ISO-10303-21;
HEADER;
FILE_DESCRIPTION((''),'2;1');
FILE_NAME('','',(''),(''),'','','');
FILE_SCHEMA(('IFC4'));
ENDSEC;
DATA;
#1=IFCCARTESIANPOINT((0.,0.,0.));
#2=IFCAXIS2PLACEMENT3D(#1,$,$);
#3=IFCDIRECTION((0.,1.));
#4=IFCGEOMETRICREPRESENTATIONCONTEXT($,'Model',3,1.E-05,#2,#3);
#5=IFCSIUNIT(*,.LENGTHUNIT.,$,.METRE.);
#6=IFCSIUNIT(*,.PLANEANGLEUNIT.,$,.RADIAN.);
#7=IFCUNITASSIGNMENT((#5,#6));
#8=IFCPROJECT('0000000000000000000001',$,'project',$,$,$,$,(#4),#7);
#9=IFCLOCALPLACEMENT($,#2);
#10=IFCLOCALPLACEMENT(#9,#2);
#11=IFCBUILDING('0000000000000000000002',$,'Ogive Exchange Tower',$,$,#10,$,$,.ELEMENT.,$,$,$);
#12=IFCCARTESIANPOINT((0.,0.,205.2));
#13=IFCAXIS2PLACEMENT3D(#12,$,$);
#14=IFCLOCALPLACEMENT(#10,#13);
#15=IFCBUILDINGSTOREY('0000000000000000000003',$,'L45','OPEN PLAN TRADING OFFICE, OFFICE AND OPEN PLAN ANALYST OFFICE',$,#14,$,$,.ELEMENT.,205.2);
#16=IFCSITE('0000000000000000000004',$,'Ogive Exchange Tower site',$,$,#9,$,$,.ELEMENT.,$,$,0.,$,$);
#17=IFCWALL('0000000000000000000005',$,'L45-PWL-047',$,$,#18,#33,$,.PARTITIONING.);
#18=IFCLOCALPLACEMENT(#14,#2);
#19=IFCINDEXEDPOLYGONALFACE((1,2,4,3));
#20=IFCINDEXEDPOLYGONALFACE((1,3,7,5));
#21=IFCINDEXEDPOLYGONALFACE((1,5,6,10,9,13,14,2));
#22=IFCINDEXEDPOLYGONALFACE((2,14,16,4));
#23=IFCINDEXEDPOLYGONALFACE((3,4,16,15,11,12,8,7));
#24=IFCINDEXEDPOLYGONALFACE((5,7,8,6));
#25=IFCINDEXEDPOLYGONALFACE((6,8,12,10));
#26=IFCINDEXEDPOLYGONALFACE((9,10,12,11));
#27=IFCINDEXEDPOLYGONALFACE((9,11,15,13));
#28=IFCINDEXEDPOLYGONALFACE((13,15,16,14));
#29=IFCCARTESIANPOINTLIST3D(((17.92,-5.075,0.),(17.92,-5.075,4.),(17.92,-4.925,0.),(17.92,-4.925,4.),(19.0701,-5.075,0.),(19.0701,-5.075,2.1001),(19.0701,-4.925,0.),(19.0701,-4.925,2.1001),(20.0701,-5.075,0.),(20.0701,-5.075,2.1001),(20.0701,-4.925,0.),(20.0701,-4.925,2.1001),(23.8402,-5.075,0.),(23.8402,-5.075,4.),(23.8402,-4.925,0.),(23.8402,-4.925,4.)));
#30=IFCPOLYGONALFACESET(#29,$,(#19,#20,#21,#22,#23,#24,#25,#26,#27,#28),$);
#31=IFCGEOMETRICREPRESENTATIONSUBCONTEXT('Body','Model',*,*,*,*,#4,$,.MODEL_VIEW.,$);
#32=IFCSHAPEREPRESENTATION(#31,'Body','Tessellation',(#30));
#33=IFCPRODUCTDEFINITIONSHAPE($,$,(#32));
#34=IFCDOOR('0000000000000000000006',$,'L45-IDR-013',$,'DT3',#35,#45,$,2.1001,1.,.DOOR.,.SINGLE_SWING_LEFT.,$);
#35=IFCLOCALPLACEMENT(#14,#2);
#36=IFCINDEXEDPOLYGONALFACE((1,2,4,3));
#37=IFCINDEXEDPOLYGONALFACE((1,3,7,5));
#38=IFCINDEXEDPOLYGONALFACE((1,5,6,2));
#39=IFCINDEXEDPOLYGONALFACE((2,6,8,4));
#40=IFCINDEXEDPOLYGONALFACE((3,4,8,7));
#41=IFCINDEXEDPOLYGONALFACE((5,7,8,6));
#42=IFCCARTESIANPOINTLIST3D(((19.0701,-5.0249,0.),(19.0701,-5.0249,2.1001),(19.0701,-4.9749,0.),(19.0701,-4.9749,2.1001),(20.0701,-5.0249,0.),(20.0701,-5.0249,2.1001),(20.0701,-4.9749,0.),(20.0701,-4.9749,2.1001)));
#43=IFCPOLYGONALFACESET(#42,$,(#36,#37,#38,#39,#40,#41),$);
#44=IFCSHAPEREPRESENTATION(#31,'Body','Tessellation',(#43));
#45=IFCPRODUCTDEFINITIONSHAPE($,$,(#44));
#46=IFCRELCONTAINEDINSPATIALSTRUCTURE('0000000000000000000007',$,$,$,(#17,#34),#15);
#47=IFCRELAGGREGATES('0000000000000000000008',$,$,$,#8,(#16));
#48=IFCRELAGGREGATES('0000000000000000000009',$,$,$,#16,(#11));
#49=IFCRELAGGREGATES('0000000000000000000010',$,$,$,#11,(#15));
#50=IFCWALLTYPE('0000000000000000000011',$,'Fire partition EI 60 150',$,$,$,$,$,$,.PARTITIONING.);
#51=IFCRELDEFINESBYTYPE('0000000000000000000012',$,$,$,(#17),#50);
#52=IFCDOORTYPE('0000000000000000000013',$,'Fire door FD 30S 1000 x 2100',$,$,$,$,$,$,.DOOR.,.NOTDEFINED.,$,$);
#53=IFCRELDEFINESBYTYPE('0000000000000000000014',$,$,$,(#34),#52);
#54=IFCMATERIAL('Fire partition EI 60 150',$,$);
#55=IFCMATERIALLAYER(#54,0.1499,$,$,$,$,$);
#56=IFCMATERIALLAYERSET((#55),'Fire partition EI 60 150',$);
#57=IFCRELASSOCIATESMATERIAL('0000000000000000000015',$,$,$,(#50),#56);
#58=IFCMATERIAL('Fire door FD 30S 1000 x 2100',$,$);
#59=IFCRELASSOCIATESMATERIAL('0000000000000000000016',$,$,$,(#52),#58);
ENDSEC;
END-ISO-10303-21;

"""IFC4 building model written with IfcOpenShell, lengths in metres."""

from ifc_helpers import new_model, si_unit, direction, frame, frame_2d, origin, place, context, subcontext, project, spatial, rectangle, extrude, material, layer, layer_set, type_object, element, fill, save


model = new_model("IFC4")

# Units and contexts
model_context = context("Model", 3, precision=1e-05, world=origin(), true_north=direction((0.0, 1.0)))
body_context = subcontext(model_context, "Body", "Model", "MODEL_VIEW")
ifc_project = project(units=[si_unit("LENGTHUNIT", "METRE"), si_unit("PLANEANGLEUNIT", "RADIAN")], contexts=[model_context])

# Site, building, storey
site_placement = place(None, origin())
site = spatial("IfcSite", under=ifc_project, at=site_placement, Name="Ogive Exchange Tower site", CompositionType="ELEMENT", RefElevation=0.0)
building_placement = place(site_placement, origin())
building = spatial("IfcBuilding", under=site, at=building_placement, Name="Ogive Exchange Tower", CompositionType="ELEMENT")
storey_placement = place(building_placement, frame((0.0, 0.0, 205.2)))
storey = spatial("IfcBuildingStorey", under=building, at=storey_placement, Name="L45", Description="OPEN PLAN TRADING OFFICE, OFFICE AND OPEN PLAN ANALYST OFFICE", CompositionType="ELEMENT", Elevation=205.2)

# Wall, opening, door
ifc_material_1 = material(Name="Fire partition EI 60 150")
ifc_layer_1 = layer(ifc_material_1, 0.1499)
ifc_layer_set_1 = layer_set([ifc_layer_1], Name="Fire partition EI 60 150")
wall_type_1 = type_object("IfcWallType", Name="Fire partition EI 60 150", PredefinedType="PARTITIONING", material=ifc_layer_set_1)
wall_1_placement = place(storey_placement, frame((23.8401, -5.0, 0.0), z_axis=(0.0, 0.0, 1.0), x_axis=(-1.0, 0.0, 0.0)))
wall_1 = element("IfcWall", 1, at=wall_1_placement, inside=storey, type_object=wall_type_1, Name="L45-PWL-047", PredefinedType="PARTITIONING", context=body_context, shape_type="SweptSolid", body=[
    extrude(rectangle(XDim=5.9202, YDim=0.1499, at=frame_2d((2.96, 0.0))), origin(), (0.0, 0.0, 1.0), 4.0),
])
opening_1_placement = place(wall_1_placement, frame((3.77, 0.0, 0.0)))
opening_1 = element("IfcOpeningElement", 2, at=opening_1_placement, cuts=wall_1, PredefinedType="OPENING", context=body_context, shape_type="SweptSolid", body=[
    extrude(rectangle(XDim=1.0, YDim=2.1001, at=frame_2d((0.5, 1.05))), frame((0.0, 0.085, 0.0), z_axis=(0.0, -1.0, 0.0), x_axis=(1.0, 0.0, 0.0)), (0.0, 0.0, 1.0), 0.1699),
])
ifc_material_2 = material(Name="Fire door FD 30S 1000 x 2100")
door_type_1 = type_object("IfcDoorType", Name="Fire door FD 30S 1000 x 2100", OperationType="NOTDEFINED", PredefinedType="DOOR", material=ifc_material_2)
door_1_placement = place(opening_1_placement, origin())
door_1 = element("IfcDoor", 3, at=door_1_placement, inside=storey, type_object=door_type_1, Name="L45-IDR-013", ObjectType="DT3", OperationType="SINGLE_SWING_LEFT", OverallHeight=2.1001, OverallWidth=1.0, PredefinedType="DOOR", context=body_context, shape_type="SweptSolid", body=[
    extrude(rectangle(XDim=1.0, YDim=2.1001, at=frame_2d((0.5, 1.05))), frame((0.0, 0.0249, 0.0), z_axis=(0.0, -1.0, 0.0), x_axis=(1.0, 0.0, 0.0)), (0.0, 0.0, 1.0), 0.05),
])
fill(opening_1, door_1)

save(model, "model.ifc")
